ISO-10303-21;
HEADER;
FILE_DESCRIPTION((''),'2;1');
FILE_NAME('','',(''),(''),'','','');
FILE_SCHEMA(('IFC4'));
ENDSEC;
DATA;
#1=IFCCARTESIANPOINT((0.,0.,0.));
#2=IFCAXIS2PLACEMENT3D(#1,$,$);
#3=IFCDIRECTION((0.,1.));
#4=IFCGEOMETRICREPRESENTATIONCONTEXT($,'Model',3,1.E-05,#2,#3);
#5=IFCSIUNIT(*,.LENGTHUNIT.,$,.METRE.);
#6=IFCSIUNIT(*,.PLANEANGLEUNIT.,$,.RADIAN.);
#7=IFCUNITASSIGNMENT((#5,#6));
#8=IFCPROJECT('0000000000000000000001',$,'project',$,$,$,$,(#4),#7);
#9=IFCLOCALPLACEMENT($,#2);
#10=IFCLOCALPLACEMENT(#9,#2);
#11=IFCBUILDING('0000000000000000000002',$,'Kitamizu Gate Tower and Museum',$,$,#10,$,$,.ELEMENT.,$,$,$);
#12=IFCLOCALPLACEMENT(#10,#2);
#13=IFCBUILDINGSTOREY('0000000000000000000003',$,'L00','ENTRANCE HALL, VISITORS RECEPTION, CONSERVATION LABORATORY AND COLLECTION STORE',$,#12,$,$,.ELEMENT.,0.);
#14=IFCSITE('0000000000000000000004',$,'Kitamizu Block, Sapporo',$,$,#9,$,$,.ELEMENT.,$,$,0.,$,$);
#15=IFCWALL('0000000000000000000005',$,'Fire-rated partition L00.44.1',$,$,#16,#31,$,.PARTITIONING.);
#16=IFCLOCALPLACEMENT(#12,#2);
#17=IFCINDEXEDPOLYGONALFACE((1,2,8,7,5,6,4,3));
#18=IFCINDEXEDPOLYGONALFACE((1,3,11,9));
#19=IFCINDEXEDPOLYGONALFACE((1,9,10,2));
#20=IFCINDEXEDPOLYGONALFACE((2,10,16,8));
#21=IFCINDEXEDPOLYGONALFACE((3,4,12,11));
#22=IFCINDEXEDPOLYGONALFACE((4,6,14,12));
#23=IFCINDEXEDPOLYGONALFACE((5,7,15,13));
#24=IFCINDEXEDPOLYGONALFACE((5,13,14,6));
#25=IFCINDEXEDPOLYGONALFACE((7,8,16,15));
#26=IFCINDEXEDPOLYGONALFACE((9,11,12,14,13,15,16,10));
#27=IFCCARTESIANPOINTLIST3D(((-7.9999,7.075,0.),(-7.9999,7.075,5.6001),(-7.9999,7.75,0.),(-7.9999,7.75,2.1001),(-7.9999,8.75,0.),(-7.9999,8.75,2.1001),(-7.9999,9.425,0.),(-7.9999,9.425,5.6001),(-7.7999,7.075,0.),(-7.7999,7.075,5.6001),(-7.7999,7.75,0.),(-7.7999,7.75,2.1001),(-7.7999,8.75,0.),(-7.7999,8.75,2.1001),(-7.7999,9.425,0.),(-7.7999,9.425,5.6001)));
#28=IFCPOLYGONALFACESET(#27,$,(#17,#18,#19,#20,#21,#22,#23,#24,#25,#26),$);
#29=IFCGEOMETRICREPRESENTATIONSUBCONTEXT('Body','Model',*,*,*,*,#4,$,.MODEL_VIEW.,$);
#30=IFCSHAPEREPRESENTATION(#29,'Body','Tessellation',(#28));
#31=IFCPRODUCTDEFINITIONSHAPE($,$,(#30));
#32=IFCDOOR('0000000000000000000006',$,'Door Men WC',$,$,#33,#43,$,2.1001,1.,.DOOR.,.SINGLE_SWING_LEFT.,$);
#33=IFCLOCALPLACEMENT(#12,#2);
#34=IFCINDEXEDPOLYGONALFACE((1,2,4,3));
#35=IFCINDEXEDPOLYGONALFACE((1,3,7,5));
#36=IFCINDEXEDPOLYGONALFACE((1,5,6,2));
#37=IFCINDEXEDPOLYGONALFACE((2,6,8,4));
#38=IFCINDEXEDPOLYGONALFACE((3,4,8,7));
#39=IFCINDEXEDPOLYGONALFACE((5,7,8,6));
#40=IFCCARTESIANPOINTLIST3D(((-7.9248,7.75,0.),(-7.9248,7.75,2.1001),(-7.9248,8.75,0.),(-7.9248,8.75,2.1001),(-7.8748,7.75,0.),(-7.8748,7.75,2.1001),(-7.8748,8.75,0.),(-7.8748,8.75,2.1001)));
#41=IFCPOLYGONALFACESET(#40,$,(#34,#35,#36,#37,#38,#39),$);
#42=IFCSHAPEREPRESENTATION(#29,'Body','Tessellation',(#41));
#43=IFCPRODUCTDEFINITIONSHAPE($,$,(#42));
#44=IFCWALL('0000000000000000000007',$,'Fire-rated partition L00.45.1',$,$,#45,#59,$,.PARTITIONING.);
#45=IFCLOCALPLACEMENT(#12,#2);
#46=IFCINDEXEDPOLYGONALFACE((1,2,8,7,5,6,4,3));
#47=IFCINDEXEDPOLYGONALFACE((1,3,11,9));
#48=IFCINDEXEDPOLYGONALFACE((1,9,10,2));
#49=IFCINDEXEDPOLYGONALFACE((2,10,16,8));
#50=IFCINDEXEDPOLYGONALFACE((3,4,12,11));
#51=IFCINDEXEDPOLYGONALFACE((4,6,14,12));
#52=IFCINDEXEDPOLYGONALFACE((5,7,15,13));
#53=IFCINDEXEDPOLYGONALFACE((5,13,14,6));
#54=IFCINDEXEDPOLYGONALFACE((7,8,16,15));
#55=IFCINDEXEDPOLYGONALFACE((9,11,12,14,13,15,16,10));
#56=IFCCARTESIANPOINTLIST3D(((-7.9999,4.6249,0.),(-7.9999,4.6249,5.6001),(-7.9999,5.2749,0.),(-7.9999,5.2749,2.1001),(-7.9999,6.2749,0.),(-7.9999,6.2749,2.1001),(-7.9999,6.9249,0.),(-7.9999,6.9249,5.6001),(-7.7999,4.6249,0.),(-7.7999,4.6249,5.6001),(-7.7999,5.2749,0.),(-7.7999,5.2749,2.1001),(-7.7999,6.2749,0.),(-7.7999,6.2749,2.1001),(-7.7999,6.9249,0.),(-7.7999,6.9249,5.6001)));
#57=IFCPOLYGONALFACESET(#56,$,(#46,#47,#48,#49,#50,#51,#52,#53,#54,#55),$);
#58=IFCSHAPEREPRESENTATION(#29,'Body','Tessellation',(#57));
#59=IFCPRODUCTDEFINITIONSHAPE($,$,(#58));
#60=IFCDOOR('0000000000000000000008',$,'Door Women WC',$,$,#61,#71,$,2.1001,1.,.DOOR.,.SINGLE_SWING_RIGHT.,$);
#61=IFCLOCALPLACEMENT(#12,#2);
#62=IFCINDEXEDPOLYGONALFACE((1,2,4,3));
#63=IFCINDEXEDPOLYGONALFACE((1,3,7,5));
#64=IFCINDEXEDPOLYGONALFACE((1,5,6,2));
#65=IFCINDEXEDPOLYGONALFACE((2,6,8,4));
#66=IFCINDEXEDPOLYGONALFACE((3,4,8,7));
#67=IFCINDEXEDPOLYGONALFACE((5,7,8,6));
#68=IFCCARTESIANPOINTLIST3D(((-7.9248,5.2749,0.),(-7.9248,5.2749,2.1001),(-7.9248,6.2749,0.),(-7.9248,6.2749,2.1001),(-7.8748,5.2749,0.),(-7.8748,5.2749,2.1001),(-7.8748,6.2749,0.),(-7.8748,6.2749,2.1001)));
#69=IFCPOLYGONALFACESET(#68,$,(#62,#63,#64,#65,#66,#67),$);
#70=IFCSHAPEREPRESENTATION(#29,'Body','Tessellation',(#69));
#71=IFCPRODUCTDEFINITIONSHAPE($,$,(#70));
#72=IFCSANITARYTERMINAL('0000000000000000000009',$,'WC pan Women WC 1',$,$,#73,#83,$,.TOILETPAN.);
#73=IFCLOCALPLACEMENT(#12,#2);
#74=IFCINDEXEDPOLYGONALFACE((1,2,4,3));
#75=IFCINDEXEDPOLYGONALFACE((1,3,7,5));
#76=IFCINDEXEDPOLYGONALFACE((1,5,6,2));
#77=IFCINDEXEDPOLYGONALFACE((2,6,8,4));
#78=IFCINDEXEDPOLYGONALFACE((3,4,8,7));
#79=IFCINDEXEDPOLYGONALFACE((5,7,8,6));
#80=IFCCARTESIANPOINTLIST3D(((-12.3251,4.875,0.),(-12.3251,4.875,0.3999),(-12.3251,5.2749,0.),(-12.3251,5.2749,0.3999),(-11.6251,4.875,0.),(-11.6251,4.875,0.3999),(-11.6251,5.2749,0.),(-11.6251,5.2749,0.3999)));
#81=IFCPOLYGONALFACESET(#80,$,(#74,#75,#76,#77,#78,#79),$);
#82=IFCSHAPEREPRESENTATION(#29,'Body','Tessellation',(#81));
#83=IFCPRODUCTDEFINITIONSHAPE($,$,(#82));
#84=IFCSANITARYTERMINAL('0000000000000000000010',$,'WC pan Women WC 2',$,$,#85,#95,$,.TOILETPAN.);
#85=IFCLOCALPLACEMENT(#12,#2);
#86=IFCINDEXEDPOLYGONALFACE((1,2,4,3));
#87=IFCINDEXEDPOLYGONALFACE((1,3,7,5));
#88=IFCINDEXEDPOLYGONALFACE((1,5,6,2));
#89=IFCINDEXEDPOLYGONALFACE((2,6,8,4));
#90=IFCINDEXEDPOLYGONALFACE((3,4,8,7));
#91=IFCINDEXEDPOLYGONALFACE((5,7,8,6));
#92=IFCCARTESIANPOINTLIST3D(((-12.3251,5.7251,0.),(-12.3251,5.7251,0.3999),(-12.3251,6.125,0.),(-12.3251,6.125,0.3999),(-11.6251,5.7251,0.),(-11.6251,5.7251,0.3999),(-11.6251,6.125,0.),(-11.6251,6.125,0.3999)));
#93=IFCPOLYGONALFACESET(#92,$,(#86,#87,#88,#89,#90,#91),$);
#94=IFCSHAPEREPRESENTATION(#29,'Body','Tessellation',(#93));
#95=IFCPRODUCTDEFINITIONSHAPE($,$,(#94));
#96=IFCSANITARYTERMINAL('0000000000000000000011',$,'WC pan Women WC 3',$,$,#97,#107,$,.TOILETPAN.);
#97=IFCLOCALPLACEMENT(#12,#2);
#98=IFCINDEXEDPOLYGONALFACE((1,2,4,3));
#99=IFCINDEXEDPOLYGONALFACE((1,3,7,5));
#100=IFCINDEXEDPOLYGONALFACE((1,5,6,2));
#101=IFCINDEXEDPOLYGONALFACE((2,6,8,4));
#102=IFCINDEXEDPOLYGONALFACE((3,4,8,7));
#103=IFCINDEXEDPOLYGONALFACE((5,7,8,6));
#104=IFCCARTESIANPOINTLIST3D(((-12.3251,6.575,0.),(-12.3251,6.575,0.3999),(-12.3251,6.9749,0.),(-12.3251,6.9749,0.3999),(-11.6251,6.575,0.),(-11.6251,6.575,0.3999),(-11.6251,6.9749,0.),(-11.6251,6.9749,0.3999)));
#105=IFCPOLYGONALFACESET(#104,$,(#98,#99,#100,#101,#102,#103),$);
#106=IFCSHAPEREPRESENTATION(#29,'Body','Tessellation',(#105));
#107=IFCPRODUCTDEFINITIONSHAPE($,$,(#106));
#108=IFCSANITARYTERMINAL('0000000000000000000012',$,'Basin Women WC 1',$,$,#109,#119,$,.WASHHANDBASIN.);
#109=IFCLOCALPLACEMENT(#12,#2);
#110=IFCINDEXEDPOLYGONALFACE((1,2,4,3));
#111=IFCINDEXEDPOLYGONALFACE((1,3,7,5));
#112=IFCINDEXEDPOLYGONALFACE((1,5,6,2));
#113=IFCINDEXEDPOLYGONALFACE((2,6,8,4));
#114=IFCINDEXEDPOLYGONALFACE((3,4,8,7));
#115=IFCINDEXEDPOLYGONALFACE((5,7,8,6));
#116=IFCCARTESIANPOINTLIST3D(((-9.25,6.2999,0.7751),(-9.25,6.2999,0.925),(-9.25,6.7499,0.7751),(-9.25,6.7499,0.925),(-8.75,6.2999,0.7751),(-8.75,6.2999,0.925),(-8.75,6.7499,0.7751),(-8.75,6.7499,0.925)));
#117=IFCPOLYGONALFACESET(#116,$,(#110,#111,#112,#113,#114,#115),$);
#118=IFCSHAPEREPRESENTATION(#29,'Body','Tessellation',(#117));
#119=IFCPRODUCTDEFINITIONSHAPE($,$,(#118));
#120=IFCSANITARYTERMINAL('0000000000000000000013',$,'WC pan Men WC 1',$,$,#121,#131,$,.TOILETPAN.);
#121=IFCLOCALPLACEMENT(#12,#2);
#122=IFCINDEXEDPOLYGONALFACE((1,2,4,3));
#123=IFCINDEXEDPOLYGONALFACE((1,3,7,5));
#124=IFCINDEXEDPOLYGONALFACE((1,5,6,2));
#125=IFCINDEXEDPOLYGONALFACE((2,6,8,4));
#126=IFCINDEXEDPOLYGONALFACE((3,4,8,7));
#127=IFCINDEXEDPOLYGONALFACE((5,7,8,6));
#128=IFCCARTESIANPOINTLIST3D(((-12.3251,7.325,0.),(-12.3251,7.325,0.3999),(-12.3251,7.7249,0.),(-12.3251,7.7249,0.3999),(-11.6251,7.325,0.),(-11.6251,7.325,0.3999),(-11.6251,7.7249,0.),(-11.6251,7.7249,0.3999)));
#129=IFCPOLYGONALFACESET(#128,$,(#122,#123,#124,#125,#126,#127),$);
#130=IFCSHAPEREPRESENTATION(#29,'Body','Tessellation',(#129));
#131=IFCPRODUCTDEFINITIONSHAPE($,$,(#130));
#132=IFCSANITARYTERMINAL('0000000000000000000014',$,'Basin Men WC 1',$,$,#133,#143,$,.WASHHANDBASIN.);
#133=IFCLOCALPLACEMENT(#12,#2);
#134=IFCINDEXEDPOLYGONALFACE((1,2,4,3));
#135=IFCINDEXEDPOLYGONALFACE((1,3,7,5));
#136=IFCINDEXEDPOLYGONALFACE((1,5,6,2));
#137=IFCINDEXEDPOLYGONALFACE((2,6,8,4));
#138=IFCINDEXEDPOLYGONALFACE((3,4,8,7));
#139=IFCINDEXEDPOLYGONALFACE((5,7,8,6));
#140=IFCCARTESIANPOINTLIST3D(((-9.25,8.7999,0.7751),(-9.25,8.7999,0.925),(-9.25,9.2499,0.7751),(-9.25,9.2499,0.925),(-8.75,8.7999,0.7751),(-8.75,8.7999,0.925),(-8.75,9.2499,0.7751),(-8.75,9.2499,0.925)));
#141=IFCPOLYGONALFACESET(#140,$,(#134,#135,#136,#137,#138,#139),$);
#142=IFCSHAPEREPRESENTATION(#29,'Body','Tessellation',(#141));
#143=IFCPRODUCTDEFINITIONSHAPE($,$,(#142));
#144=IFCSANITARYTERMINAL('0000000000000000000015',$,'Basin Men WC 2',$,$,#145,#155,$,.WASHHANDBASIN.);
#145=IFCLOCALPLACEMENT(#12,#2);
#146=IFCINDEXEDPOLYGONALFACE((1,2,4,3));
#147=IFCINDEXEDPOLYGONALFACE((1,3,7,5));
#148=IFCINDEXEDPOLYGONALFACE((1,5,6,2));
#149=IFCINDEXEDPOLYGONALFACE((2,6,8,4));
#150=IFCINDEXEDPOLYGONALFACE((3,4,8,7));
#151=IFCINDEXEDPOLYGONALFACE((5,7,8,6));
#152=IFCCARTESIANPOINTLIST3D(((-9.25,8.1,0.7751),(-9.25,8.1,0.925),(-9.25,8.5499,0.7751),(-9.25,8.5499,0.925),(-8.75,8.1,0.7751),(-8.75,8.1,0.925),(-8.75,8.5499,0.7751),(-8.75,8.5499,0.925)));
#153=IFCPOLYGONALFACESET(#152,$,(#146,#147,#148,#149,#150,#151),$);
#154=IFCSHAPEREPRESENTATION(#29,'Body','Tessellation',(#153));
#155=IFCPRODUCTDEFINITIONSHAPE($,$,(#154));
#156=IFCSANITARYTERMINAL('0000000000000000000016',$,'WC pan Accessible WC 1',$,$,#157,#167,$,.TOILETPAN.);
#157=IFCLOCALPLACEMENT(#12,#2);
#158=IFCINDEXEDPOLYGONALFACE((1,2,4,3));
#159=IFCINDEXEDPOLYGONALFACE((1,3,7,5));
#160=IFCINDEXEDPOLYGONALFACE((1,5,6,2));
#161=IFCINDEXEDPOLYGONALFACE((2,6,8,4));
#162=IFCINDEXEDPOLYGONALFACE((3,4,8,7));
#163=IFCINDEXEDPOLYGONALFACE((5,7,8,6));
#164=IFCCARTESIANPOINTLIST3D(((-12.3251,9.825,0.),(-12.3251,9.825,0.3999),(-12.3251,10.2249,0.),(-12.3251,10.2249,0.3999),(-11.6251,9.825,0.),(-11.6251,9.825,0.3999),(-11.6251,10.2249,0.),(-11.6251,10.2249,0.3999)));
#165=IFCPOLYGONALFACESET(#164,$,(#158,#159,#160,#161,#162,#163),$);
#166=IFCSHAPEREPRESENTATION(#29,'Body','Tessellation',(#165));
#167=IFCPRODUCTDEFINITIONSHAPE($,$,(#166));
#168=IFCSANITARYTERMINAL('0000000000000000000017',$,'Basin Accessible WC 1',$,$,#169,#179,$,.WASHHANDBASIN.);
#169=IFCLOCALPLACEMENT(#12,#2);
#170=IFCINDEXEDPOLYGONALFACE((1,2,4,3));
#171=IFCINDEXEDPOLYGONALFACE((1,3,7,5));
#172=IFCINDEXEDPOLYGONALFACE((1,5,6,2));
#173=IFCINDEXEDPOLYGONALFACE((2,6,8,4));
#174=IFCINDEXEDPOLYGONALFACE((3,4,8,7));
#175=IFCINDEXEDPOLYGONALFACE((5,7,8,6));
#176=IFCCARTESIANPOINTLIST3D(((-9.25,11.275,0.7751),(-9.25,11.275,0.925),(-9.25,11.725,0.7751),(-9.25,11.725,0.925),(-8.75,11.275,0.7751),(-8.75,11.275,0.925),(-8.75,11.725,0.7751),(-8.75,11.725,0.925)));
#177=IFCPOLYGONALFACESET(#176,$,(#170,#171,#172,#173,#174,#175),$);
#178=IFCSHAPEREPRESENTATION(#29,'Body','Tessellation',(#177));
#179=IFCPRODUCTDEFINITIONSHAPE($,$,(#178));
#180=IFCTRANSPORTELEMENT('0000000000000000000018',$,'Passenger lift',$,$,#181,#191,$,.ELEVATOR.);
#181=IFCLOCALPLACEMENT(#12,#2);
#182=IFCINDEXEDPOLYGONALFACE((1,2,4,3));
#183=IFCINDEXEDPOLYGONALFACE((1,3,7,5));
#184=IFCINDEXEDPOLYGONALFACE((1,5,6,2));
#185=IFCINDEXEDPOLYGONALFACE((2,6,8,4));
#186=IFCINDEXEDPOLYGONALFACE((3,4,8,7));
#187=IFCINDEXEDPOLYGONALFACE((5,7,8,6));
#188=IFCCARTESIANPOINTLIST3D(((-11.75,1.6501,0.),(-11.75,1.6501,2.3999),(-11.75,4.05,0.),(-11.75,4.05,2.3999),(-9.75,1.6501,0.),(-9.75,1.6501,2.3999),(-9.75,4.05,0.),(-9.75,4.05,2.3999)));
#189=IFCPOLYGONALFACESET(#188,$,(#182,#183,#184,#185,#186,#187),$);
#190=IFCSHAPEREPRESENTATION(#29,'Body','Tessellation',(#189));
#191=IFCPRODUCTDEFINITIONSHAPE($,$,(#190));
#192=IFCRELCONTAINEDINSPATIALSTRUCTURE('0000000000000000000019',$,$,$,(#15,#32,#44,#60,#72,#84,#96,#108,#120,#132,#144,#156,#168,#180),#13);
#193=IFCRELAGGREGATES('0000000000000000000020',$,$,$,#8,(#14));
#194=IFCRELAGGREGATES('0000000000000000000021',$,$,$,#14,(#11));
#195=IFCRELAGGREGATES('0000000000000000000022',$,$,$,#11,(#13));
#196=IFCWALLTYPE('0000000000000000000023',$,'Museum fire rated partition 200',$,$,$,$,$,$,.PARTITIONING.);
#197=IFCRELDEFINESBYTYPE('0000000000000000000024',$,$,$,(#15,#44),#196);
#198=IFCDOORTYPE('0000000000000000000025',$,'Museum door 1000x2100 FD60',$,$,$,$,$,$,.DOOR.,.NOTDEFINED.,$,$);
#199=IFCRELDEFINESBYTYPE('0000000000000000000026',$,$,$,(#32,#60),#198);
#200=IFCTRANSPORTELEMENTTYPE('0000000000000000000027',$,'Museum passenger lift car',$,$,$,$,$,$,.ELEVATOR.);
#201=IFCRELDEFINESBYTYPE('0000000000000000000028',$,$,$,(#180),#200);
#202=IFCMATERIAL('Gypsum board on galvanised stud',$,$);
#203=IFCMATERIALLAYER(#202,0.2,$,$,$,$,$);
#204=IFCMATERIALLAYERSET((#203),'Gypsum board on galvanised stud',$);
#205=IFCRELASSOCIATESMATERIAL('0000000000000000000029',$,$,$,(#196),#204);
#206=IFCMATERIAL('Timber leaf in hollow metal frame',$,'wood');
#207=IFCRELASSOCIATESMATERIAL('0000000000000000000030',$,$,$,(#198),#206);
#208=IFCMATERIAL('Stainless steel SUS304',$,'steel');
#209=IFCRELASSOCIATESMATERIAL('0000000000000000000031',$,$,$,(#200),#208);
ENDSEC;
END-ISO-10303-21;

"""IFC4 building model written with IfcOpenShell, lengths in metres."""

from ifc_helpers import new_model, si_unit, direction, frame, frame_2d, origin, origin_2d, place, context, subcontext, project, spatial, rectangle, extrude, material, layer, layer_set, type_object, element, fill, save


model = new_model("IFC4")

# Units and contexts
model_context = context("Model", 3, precision=1e-05, world=origin(), true_north=direction((0.0, 1.0)))
body_context = subcontext(model_context, "Body", "Model", "MODEL_VIEW")
ifc_project = project(units=[si_unit("LENGTHUNIT", "METRE"), si_unit("PLANEANGLEUNIT", "RADIAN")], contexts=[model_context])

# Site, building, storey
site_placement = place(None, origin())
site = spatial("IfcSite", under=ifc_project, at=site_placement, Name="Kitamizu Block, Sapporo", CompositionType="ELEMENT", RefElevation=0.0)
building_placement = place(site_placement, origin())
building = spatial("IfcBuilding", under=site, at=building_placement, Name="Kitamizu Gate Tower and Museum", CompositionType="ELEMENT")
storey_placement = place(building_placement, origin())
storey = spatial("IfcBuildingStorey", under=building, at=storey_placement, Name="L00", Description="ENTRANCE HALL, VISITORS RECEPTION, CONSERVATION LABORATORY AND COLLECTION STORE", CompositionType="ELEMENT", Elevation=0.0)

# Shared definitions
ifc_material_1 = material(Name="Gypsum board on galvanised stud")
ifc_layer_1 = layer(ifc_material_1, 0.2)
ifc_layer_set_1 = layer_set([ifc_layer_1], Name="Gypsum board on galvanised stud")
wall_type_1 = type_object("IfcWallType", Name="Museum fire rated partition 200", PredefinedType="PARTITIONING", material=ifc_layer_set_1)
ifc_material_2 = material(Name="Timber leaf in hollow metal frame", Category="wood")
door_type_1 = type_object("IfcDoorType", Name="Museum door 1000x2100 FD60", OperationType="NOTDEFINED", PredefinedType="DOOR", material=ifc_material_2)

# Walls, openings, doors
wall_1_placement = place(storey_placement, frame((-7.8999, 7.075, 0.0), z_axis=(0.0, 0.0, 1.0), x_axis=(0.0, 1.0, 0.0)))
wall_1 = element("IfcWall", 1, at=wall_1_placement, inside=storey, type_object=wall_type_1, Name="Fire-rated partition L00.44.1", PredefinedType="PARTITIONING", context=body_context, shape_type="SweptSolid", body=[
    extrude(rectangle(XDim=2.3501, YDim=0.2, at=frame_2d((1.175, 0.0))), origin(), (0.0, 0.0, 1.0), 5.6001),
])
opening_1_placement = place(wall_1_placement, frame((0.675, 0.0, 0.0)))
opening_1 = element("IfcOpeningElement", 2, at=opening_1_placement, cuts=wall_1, PredefinedType="OPENING", context=body_context, shape_type="SweptSolid", body=[
    extrude(rectangle(XDim=1.0, YDim=2.1001, at=frame_2d((0.5, 1.05))), frame((0.0, 0.1099, 0.0), z_axis=(0.0, -1.0, 0.0), x_axis=(1.0, 0.0, 0.0)), (0.0, 0.0, 1.0), 0.22),
])
door_1_placement = place(opening_1_placement, origin())
door_1 = element("IfcDoor", 3, at=door_1_placement, inside=storey, type_object=door_type_1, Name="Door Men WC", OperationType="SINGLE_SWING_LEFT", OverallHeight=2.1001, OverallWidth=1.0, PredefinedType="DOOR", context=body_context, shape_type="SweptSolid", body=[
    extrude(rectangle(XDim=1.0, YDim=2.1001, at=frame_2d((0.5, 1.05))), frame((0.0, 0.0249, 0.0), z_axis=(0.0, -1.0, 0.0), x_axis=(1.0, 0.0, 0.0)), (0.0, 0.0, 1.0), 0.05),
])
fill(opening_1, door_1)
wall_2_placement = place(storey_placement, frame((-7.8999, 4.625, 0.0), z_axis=(0.0, 0.0, 1.0), x_axis=(0.0, 1.0, 0.0)))
wall_2 = element("IfcWall", 4, at=wall_2_placement, inside=storey, type_object=wall_type_1, Name="Fire-rated partition L00.45.1", PredefinedType="PARTITIONING", context=body_context, shape_type="SweptSolid", body=[
    extrude(rectangle(XDim=2.3, YDim=0.2, at=frame_2d((1.1499, 0.0))), origin(), (0.0, 0.0, 1.0), 5.6001),
])
opening_2_placement = place(wall_2_placement, frame((0.6499, 0.0, 0.0)))
opening_2 = element("IfcOpeningElement", 5, at=opening_2_placement, cuts=wall_2, PredefinedType="OPENING", context=body_context, shape_type="SweptSolid", body=[
    extrude(rectangle(XDim=1.0, YDim=2.1001, at=frame_2d((0.5, 1.05))), frame((0.0, 0.1099, 0.0), z_axis=(0.0, -1.0, 0.0), x_axis=(1.0, 0.0, 0.0)), (0.0, 0.0, 1.0), 0.22),
])
door_2_placement = place(opening_2_placement, origin())
door_2 = element("IfcDoor", 6, at=door_2_placement, inside=storey, type_object=door_type_1, Name="Door Women WC", OperationType="SINGLE_SWING_RIGHT", OverallHeight=2.1001, OverallWidth=1.0, PredefinedType="DOOR", context=body_context, shape_type="SweptSolid", body=[
    extrude(rectangle(XDim=1.0, YDim=2.1001, at=frame_2d((0.5, 1.05))), frame((0.0, 0.0249, 0.0), z_axis=(0.0, -1.0, 0.0), x_axis=(1.0, 0.0, 0.0)), (0.0, 0.0, 1.0), 0.05),
])
fill(opening_2, door_2)

# Sanitary terminals
for number, where, z_axis, x_axis, name in (
    (7, (-11.9751, 5.075, 0.0), (0.0, 0.0, 1.0), (1.0, 0.0, 0.0), "WC pan Women WC 1"),
    (8, (-11.9751, 5.925, 0.0), (0.0, 0.0, 1.0), (1.0, 0.0, 0.0), "WC pan Women WC 2"),
    (9, (-11.9751, 6.7749, 0.0), (0.0, 0.0, 1.0), (1.0, 0.0, 0.0), "WC pan Women WC 3"),
):
    element("IfcSanitaryTerminal", number, at=place(storey_placement, frame(where, z_axis=z_axis, x_axis=x_axis)), inside=storey, Name=name, PredefinedType="TOILETPAN", context=body_context, shape_type="SweptSolid", body=[
        extrude(rectangle(XDim=0.7, YDim=0.3999, at=origin_2d()), origin(), (0.0, 0.0, 1.0), 0.3999),
    ])
sanitary_terminal_1_placement = place(storey_placement, frame((-9.0, 6.5249, 0.7751), z_axis=(0.0, 0.0, 1.0), x_axis=(1.0, 0.0, 0.0)))
element("IfcSanitaryTerminal", 10, at=sanitary_terminal_1_placement, inside=storey, Name="Basin Women WC 1", PredefinedType="WASHHANDBASIN", context=body_context, shape_type="SweptSolid", body=[
    extrude(rectangle(XDim=0.5, YDim=0.45, at=origin_2d()), origin(), (0.0, 0.0, 1.0), 0.1499),
])
sanitary_terminal_2_placement = place(storey_placement, frame((-11.9751, 7.5249, 0.0), z_axis=(0.0, 0.0, 1.0), x_axis=(1.0, 0.0, 0.0)))
element("IfcSanitaryTerminal", 11, at=sanitary_terminal_2_placement, inside=storey, Name="WC pan Men WC 1", PredefinedType="TOILETPAN", context=body_context, shape_type="SweptSolid", body=[
    extrude(rectangle(XDim=0.7, YDim=0.3999, at=origin_2d()), origin(), (0.0, 0.0, 1.0), 0.3999),
])
for number, where, z_axis, x_axis, name in (
    (12, (-9.0, 9.0249, 0.7751), (0.0, 0.0, 1.0), (1.0, 0.0, 0.0), "Basin Men WC 1"),
    (13, (-9.0, 8.325, 0.7751), (0.0, 0.0, 1.0), (1.0, 0.0, 0.0), "Basin Men WC 2"),
):
    element("IfcSanitaryTerminal", number, at=place(storey_placement, frame(where, z_axis=z_axis, x_axis=x_axis)), inside=storey, Name=name, PredefinedType="WASHHANDBASIN", context=body_context, shape_type="SweptSolid", body=[
        extrude(rectangle(XDim=0.5, YDim=0.45, at=origin_2d()), origin(), (0.0, 0.0, 1.0), 0.1499),
    ])
sanitary_terminal_3_placement = place(storey_placement, frame((-11.9751, 10.0249, 0.0), z_axis=(0.0, 0.0, 1.0), x_axis=(1.0, 0.0, 0.0)))
element("IfcSanitaryTerminal", 14, at=sanitary_terminal_3_placement, inside=storey, Name="WC pan Accessible WC 1", PredefinedType="TOILETPAN", context=body_context, shape_type="SweptSolid", body=[
    extrude(rectangle(XDim=0.7, YDim=0.3999, at=origin_2d()), origin(), (0.0, 0.0, 1.0), 0.3999),
])
sanitary_terminal_4_placement = place(storey_placement, frame((-9.0, 11.5, 0.7751), z_axis=(0.0, 0.0, 1.0), x_axis=(1.0, 0.0, 0.0)))
element("IfcSanitaryTerminal", 15, at=sanitary_terminal_4_placement, inside=storey, Name="Basin Accessible WC 1", PredefinedType="WASHHANDBASIN", context=body_context, shape_type="SweptSolid", body=[
    extrude(rectangle(XDim=0.5, YDim=0.45, at=origin_2d()), origin(), (0.0, 0.0, 1.0), 0.1499),
])

# Transport element
ifc_material_3 = material(Name="Stainless steel SUS304", Category="steel")
transport_element_type_1 = type_object("IfcTransportElementType", Name="Museum passenger lift car", PredefinedType="ELEVATOR", material=ifc_material_3)
transport_element_1_placement = place(storey_placement, frame((-10.75, 2.8501, 0.0), z_axis=(0.0, 0.0, 1.0), x_axis=(1.0, 0.0, 0.0)))
element("IfcTransportElement", 16, at=transport_element_1_placement, inside=storey, type_object=transport_element_type_1, Name="Passenger lift", PredefinedType="ELEVATOR", context=body_context, shape_type="SweptSolid", body=[
    extrude(rectangle(XDim=2.0, YDim=2.3999, at=origin_2d()), origin(), (0.0, 0.0, 1.0), 2.3999),
])

save(model, "model.ifc")
